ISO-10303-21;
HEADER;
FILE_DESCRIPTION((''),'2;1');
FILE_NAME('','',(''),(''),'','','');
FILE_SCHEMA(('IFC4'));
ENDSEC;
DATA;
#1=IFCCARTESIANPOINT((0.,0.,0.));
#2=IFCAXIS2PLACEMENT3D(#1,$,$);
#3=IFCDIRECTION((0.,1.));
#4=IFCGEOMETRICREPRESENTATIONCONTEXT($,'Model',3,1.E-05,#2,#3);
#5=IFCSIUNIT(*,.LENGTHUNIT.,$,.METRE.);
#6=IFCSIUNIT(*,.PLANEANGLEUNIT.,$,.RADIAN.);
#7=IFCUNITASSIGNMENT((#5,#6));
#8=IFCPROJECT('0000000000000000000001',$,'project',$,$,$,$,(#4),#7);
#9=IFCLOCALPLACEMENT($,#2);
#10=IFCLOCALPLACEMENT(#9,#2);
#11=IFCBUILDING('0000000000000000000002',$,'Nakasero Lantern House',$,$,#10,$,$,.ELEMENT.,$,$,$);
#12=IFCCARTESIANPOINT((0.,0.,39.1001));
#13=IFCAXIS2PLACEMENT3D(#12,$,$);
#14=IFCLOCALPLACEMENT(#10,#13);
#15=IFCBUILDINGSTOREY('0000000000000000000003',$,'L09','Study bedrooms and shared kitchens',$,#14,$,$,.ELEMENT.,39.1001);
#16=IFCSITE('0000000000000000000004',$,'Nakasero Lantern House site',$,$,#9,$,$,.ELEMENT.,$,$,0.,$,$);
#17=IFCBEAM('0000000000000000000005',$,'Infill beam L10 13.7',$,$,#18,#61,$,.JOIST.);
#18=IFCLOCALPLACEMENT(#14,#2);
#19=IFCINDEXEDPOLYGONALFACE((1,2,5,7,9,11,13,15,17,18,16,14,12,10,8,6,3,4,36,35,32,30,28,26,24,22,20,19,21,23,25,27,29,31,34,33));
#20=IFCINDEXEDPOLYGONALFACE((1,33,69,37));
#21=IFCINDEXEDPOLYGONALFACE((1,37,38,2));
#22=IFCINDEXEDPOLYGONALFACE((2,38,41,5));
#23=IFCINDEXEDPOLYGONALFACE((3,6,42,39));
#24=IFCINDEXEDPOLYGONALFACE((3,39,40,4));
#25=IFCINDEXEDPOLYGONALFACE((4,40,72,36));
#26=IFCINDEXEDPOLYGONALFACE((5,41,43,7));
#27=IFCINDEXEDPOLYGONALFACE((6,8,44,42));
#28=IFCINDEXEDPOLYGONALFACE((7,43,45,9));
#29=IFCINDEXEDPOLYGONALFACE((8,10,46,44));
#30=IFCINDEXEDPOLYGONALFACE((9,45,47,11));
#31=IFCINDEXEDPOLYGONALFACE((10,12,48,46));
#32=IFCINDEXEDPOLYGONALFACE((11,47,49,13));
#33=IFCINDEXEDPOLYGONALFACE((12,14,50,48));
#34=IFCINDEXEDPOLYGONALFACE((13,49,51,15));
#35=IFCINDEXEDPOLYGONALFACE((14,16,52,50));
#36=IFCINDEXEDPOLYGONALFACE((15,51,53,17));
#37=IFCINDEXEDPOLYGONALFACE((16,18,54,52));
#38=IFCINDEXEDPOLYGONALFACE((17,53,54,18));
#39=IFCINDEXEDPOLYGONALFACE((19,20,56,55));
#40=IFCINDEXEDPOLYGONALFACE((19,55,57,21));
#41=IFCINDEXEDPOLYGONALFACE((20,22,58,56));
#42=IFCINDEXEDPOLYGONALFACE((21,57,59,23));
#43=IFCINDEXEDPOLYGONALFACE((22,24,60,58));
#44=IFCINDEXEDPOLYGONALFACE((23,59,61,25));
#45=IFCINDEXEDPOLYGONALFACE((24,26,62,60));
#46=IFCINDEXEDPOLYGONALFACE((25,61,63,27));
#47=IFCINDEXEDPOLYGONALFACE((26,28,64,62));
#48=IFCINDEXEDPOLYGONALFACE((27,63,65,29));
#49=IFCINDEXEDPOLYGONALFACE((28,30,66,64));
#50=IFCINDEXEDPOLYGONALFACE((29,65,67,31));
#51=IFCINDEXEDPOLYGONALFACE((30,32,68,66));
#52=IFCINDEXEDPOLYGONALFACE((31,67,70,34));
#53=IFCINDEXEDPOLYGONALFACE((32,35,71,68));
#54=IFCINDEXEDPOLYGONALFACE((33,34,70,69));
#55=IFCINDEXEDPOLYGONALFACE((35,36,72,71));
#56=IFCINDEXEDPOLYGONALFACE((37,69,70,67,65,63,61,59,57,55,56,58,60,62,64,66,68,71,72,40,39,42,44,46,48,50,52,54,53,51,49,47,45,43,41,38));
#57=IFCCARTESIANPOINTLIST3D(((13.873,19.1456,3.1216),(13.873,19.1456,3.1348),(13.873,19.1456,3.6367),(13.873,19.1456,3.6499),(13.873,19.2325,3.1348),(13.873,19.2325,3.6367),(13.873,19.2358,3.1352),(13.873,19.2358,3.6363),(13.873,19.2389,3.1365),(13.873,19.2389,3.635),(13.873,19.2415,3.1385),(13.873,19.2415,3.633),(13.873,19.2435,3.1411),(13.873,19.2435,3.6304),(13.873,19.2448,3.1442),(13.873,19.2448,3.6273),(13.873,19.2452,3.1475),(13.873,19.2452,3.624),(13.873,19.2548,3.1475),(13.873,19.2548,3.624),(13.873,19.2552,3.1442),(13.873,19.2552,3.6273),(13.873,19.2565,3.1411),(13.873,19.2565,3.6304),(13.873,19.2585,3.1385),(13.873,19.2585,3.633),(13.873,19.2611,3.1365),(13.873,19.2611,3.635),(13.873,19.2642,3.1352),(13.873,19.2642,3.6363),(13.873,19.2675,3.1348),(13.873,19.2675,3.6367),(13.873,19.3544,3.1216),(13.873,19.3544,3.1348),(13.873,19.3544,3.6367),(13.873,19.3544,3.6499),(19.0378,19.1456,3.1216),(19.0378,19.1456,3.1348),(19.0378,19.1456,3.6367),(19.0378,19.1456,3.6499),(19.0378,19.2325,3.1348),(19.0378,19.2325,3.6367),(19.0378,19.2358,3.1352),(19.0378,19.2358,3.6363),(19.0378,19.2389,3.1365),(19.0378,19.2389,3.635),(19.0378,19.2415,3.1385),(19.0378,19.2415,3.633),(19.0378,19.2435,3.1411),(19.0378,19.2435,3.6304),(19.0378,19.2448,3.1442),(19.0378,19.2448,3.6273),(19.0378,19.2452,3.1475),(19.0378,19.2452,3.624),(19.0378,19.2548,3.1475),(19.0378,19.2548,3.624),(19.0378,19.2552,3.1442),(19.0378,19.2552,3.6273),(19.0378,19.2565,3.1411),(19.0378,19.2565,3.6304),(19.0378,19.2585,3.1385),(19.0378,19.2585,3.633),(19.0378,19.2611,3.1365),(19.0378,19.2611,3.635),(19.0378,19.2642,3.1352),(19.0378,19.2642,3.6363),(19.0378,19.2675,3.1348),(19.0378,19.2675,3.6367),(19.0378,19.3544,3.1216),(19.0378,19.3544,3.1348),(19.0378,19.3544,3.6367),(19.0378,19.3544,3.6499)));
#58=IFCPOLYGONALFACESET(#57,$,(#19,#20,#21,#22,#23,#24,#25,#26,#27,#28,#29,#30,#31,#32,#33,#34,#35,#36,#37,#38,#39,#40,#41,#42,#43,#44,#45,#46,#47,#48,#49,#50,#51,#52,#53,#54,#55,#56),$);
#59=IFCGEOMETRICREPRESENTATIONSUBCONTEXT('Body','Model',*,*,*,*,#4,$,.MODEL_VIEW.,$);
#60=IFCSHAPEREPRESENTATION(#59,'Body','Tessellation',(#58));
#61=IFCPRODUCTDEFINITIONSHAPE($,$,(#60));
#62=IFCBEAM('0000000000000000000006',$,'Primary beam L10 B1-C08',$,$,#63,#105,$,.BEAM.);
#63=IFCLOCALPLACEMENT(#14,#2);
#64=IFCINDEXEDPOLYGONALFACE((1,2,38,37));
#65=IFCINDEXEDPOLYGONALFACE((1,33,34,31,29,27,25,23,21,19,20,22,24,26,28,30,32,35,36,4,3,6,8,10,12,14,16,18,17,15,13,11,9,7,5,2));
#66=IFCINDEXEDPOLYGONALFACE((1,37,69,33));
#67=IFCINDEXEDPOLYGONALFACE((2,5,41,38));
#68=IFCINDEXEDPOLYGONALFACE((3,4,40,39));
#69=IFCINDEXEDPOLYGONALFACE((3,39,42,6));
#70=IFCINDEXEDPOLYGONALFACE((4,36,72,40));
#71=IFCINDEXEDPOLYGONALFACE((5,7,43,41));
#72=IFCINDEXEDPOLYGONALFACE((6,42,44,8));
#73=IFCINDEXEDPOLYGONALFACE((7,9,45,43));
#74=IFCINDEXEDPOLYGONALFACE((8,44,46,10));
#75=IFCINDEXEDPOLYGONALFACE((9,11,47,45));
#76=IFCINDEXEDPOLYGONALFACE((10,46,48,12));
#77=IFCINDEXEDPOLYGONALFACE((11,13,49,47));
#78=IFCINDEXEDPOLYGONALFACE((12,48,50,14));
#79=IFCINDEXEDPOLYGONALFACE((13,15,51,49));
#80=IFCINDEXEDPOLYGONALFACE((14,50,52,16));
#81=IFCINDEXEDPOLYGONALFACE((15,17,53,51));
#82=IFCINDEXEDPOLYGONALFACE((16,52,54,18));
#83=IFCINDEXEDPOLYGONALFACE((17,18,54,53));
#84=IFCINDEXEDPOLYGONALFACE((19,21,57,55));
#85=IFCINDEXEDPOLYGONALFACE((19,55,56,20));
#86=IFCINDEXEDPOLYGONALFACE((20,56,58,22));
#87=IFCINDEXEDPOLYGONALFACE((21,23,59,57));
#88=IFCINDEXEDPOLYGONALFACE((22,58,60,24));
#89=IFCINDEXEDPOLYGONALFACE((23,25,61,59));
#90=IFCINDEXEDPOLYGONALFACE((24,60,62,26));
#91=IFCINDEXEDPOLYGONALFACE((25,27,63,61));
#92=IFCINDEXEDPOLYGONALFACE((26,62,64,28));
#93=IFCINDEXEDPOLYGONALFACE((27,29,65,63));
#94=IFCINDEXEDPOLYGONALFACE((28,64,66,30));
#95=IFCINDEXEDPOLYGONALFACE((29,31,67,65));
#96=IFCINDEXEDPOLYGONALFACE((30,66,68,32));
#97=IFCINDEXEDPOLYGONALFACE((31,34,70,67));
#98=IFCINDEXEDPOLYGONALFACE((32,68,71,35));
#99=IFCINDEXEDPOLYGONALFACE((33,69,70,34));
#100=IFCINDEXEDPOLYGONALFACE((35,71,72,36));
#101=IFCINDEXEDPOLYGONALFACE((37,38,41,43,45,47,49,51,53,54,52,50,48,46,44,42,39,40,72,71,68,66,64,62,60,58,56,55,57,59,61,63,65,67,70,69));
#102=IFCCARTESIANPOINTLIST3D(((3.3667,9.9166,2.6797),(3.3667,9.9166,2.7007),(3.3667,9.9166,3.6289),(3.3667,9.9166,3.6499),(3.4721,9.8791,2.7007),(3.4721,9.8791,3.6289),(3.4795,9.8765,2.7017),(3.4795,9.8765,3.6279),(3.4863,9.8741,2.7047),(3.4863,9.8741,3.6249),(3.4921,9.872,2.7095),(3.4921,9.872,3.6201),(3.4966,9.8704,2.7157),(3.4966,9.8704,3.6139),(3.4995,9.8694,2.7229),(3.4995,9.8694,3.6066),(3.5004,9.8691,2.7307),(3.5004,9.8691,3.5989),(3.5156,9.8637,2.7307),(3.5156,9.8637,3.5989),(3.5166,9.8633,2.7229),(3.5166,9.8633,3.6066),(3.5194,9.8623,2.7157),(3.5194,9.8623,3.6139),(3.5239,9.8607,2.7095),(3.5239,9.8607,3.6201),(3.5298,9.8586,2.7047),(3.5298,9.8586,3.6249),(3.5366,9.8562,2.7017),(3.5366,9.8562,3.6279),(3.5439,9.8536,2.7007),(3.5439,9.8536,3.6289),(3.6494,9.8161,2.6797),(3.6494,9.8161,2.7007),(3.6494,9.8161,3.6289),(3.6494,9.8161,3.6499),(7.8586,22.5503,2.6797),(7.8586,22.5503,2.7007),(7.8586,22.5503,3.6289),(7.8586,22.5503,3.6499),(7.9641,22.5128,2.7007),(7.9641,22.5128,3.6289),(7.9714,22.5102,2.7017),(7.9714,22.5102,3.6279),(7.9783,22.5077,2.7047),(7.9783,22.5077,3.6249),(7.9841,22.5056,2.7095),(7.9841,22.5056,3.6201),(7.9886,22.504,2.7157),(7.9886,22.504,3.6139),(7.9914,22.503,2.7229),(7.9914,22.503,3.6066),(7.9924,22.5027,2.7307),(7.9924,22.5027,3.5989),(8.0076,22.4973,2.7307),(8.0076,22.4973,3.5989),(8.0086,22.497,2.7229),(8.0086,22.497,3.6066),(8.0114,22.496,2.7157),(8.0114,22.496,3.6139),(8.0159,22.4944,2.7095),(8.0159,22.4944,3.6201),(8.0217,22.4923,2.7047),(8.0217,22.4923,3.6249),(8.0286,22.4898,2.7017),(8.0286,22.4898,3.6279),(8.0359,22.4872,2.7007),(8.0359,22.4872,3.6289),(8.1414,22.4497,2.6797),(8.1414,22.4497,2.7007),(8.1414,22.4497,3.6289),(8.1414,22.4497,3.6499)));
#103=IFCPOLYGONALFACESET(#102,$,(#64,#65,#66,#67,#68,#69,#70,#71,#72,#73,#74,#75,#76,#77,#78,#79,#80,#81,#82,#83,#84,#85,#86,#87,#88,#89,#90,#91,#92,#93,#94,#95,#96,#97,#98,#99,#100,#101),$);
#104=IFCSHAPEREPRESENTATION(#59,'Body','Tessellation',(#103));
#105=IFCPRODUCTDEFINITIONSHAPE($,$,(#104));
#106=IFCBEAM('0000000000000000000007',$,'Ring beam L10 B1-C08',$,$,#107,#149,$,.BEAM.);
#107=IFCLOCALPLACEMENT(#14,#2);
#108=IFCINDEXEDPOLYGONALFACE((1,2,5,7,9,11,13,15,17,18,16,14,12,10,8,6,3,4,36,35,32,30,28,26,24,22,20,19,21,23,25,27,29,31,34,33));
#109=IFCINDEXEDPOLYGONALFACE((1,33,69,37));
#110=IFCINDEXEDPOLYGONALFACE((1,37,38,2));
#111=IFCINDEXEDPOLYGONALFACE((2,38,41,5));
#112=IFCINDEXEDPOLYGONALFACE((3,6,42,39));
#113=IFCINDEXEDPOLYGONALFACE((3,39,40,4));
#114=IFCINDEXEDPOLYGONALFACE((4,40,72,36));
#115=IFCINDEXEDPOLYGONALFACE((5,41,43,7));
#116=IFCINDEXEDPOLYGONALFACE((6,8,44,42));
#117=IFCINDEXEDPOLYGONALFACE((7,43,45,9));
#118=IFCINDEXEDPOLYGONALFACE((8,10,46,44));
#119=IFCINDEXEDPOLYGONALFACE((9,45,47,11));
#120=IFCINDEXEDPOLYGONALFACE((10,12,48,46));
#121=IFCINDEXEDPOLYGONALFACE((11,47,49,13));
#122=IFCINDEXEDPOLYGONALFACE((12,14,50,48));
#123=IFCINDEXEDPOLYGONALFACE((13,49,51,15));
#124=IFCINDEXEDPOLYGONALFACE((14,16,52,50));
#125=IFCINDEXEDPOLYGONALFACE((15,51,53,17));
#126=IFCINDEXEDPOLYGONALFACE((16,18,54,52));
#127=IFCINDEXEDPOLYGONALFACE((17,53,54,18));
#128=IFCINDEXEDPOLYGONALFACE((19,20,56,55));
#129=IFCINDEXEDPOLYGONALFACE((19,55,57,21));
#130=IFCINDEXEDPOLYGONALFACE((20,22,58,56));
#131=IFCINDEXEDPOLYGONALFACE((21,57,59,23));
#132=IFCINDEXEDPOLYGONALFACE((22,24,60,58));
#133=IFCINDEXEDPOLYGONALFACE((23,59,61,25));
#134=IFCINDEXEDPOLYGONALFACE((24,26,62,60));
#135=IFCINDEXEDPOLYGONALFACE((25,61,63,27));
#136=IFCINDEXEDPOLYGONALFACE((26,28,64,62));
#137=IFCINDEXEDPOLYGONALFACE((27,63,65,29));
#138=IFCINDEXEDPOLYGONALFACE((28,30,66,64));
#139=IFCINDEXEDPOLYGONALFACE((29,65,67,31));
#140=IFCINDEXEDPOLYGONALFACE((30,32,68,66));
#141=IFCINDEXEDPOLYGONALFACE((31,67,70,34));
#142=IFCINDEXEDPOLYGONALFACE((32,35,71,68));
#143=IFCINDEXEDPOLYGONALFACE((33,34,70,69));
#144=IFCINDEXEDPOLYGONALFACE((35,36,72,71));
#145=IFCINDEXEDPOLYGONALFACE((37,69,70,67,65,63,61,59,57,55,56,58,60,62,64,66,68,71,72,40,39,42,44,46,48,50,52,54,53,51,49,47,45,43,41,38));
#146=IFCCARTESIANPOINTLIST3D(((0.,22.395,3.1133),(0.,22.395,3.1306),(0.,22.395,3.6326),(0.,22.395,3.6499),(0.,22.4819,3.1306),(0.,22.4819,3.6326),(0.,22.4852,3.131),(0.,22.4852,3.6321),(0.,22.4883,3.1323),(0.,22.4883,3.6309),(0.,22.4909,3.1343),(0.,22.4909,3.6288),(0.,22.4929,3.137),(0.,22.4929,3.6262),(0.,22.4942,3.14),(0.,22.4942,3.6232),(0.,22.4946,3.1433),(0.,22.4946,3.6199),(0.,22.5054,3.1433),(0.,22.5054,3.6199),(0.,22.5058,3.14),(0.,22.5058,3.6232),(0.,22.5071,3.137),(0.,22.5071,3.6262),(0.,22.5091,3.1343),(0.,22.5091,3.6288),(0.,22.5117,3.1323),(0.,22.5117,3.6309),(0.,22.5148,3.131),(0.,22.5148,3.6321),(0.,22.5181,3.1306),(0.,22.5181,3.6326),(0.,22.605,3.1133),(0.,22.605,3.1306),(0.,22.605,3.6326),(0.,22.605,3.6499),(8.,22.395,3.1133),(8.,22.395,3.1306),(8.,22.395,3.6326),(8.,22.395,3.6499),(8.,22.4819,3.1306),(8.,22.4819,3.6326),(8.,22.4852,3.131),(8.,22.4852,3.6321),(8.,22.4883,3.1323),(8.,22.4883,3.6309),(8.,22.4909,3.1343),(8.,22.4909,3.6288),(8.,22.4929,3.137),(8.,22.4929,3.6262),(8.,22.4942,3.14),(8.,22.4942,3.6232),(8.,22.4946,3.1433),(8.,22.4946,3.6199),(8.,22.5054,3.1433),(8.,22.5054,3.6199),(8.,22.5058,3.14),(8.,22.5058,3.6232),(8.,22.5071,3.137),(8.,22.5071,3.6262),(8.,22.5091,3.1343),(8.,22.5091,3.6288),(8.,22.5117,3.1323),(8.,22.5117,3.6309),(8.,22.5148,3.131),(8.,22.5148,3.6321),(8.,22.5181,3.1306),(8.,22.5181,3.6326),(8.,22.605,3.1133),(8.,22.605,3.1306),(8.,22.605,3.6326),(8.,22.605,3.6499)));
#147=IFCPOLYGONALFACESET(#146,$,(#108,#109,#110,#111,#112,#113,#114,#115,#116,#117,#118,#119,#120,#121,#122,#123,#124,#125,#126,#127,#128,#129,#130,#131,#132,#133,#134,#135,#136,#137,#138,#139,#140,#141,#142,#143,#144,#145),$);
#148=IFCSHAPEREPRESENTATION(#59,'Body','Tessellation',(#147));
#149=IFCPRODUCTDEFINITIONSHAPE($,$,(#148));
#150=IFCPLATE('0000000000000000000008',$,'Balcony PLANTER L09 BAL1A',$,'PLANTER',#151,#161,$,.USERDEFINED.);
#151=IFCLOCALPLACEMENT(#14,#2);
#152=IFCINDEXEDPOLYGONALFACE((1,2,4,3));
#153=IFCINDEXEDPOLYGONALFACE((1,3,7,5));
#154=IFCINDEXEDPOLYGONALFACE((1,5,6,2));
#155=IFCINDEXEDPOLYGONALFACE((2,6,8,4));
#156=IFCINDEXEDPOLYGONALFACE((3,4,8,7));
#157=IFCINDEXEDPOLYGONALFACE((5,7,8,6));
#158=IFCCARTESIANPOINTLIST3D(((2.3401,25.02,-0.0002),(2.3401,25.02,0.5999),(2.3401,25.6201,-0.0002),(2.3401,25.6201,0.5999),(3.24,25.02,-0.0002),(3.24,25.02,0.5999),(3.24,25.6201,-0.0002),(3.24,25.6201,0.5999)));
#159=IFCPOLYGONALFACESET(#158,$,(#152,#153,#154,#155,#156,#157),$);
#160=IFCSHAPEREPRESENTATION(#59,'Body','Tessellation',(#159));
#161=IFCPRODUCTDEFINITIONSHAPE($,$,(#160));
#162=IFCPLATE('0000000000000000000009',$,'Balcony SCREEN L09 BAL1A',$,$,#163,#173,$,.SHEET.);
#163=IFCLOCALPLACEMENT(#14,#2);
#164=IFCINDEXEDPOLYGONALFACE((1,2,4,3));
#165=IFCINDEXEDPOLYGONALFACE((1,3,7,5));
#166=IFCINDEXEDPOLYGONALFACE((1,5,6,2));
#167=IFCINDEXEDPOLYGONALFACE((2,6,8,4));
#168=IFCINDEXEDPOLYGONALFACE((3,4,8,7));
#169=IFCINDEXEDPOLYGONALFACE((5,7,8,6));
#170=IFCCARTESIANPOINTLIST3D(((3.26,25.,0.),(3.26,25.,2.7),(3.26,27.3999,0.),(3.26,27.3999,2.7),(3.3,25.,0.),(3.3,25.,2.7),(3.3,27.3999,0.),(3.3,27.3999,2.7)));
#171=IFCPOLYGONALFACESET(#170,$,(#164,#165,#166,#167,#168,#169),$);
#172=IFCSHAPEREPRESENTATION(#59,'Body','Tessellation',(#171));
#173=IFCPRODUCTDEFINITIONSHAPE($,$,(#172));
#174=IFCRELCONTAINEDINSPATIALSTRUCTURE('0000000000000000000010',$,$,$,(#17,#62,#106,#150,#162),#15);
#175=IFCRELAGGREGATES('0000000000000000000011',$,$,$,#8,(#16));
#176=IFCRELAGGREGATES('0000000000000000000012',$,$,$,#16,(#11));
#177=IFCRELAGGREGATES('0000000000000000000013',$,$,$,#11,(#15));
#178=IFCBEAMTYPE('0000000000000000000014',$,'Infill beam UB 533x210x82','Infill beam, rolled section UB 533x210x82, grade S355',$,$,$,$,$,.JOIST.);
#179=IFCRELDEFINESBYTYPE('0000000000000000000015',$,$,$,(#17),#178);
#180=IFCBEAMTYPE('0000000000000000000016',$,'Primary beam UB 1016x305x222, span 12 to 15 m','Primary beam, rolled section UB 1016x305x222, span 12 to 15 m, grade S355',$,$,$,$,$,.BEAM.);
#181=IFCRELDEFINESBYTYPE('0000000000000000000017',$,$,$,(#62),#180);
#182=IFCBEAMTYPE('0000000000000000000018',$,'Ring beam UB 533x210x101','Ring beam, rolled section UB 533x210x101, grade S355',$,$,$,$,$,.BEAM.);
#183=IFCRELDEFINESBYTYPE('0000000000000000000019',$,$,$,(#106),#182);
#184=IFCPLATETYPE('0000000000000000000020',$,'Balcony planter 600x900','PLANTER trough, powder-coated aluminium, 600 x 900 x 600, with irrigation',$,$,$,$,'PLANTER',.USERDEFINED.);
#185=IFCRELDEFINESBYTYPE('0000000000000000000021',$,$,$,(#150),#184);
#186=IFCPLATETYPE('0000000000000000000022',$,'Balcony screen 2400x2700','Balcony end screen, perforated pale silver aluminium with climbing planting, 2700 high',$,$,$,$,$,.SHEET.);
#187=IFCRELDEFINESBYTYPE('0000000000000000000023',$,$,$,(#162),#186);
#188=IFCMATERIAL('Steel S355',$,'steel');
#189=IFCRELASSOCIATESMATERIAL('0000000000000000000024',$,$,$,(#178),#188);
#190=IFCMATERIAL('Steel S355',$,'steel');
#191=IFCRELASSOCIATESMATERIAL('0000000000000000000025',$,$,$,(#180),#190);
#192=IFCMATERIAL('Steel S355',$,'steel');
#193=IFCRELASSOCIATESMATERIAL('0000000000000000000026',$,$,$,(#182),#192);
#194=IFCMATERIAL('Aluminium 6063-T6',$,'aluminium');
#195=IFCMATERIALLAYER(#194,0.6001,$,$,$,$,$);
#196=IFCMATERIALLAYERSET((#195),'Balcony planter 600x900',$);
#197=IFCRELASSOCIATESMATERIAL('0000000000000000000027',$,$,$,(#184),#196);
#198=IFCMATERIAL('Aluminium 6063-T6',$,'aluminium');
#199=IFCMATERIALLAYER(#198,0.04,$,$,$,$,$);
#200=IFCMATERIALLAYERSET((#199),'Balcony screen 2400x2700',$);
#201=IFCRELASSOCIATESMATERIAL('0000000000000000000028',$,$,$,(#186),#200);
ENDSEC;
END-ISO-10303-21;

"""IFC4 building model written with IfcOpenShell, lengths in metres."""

from ifc_helpers import new_model, si_unit, direction, frame, origin, origin_2d, place, context, subcontext, project, spatial, rectangle, i_section, extrude, material, layer, layer_set, material_profile, profile_set, type_object, element, save


model = new_model("IFC4")

# Units and contexts
model_context = context("Model", 3, precision=1e-05, world=origin(), true_north=direction((0.0, 1.0)))
body_context = subcontext(model_context, "Body", "Model", "MODEL_VIEW")
ifc_project = project(units=[si_unit("LENGTHUNIT", "METRE"), si_unit("PLANEANGLEUNIT", "RADIAN")], contexts=[model_context])

# Site, building, storey
site_placement = place(None, origin())
site = spatial("IfcSite", under=ifc_project, at=site_placement, Name="Nakasero Lantern House site", CompositionType="ELEMENT", RefElevation=0.0)
building_placement = place(site_placement, origin())
building = spatial("IfcBuilding", under=site, at=building_placement, Name="Nakasero Lantern House", CompositionType="ELEMENT")
storey_placement = place(building_placement, frame((0.0, 0.0, 39.1001)))
storey = spatial("IfcBuildingStorey", under=building, at=storey_placement, Name="L09", Description="Study bedrooms and shared kitchens", CompositionType="ELEMENT", Elevation=39.1001)

# Beams
ifc_material_1 = material(Name="Steel S355", Category="steel")
ifc_material_profile_1 = material_profile(ifc_material_1, i_section(OverallWidth=0.2087, OverallDepth=0.5283, WebThickness=0.0095, FlangeThickness=0.0132, FilletRadius=0.0127, at=origin_2d()), Name="UB 533x210x82")
ifc_profile_set_1 = profile_set([ifc_material_profile_1], Name="Steel S355")
beam_type_1 = type_object("IfcBeamType", Name="Infill beam UB 533x210x82", Description="Infill beam, rolled section UB 533x210x82, grade S355", PredefinedType="JOIST", material=ifc_profile_set_1)
beam_1_placement = place(storey_placement, frame((13.873, 19.25, 3.3857), z_axis=(1.0, 0.0, 0.0), x_axis=(0.0, 1.0, 0.0)))
element("IfcBeam", 1, at=beam_1_placement, inside=storey, type_object=beam_type_1, Name="Infill beam L10 13.7", PredefinedType="JOIST", context=body_context, shape_type="SweptSolid", body=[
    extrude(i_section(OverallWidth=0.2087, OverallDepth=0.5283, WebThickness=0.0095, FlangeThickness=0.0132, FilletRadius=0.0127, at=origin_2d()), origin(), (0.0, 0.0, 1.0), 5.1648),
])
ifc_material_2 = material(Name="Steel S355", Category="steel")
ifc_material_profile_2 = material_profile(ifc_material_2, i_section(OverallWidth=0.3, OverallDepth=0.9702, WebThickness=0.0161, FlangeThickness=0.021, FilletRadius=0.03, at=origin_2d()), Name="UB 1016x305x222")
ifc_profile_set_2 = profile_set([ifc_material_profile_2], Name="Steel S355")
beam_type_2 = type_object("IfcBeamType", Name="Primary beam UB 1016x305x222, span 12 to 15 m", Description="Primary beam, rolled section UB 1016x305x222, span 12 to 15 m, grade S355", PredefinedType="BEAM", material=ifc_profile_set_2)
beam_2_placement = place(storey_placement, frame((8.0, 22.5, 3.1648), z_axis=(-0.335011, -0.942214, 0.0), x_axis=(0.942214, -0.335011, 0.0)))
element("IfcBeam", 2, at=beam_2_placement, inside=storey, type_object=beam_type_2, Name="Primary beam L10 B1-C08", PredefinedType="BEAM", context=body_context, shape_type="SweptSolid", body=[
    extrude(i_section(OverallWidth=0.3, OverallDepth=0.9702, WebThickness=0.0161, FlangeThickness=0.021, FilletRadius=0.03, at=origin_2d()), origin(), (0.0, 0.0, 1.0), 13.4084),
])
ifc_material_3 = material(Name="Steel S355", Category="steel")
ifc_material_profile_3 = material_profile(ifc_material_3, i_section(OverallWidth=0.21, OverallDepth=0.5366, WebThickness=0.0107, FlangeThickness=0.0173, FilletRadius=0.0127, at=origin_2d()), Name="UB 533x210x101")
ifc_profile_set_3 = profile_set([ifc_material_profile_3], Name="Steel S355")
beam_type_3 = type_object("IfcBeamType", Name="Ring beam UB 533x210x101", Description="Ring beam, rolled section UB 533x210x101, grade S355", PredefinedType="BEAM", material=ifc_profile_set_3)
beam_3_placement = place(storey_placement, frame((8.0, 22.5, 3.3816), z_axis=(-1.0, 0.0, 0.0), x_axis=(0.0, -1.0, 0.0)))
element("IfcBeam", 3, at=beam_3_placement, inside=storey, type_object=beam_type_3, Name="Ring beam L10 B1-C08", PredefinedType="BEAM", context=body_context, shape_type="SweptSolid", body=[
    extrude(i_section(OverallWidth=0.21, OverallDepth=0.5366, WebThickness=0.0107, FlangeThickness=0.0173, FilletRadius=0.0127, at=origin_2d()), origin(), (0.0, 0.0, 1.0), 8.0),
])

# Plates
ifc_material_4 = material(Name="Aluminium 6063-T6", Category="aluminium")
ifc_layer_1 = layer(ifc_material_4, 0.6001)
ifc_layer_set_1 = layer_set([ifc_layer_1], Name="Balcony planter 600x900")
plate_type_1 = type_object("IfcPlateType", Name="Balcony planter 600x900", Description="PLANTER trough, powder-coated aluminium, 600 x 900 x 600, with irrigation", ElementType="PLANTER", PredefinedType="USERDEFINED", material=ifc_layer_set_1)
plate_1_placement = place(storey_placement, frame((2.79, 25.3201, -0.0002), z_axis=(0.0, 0.0, 1.0), x_axis=(0.0, 1.0, 0.0)))
element("IfcPlate", 4, at=plate_1_placement, inside=storey, type_object=plate_type_1, Name="Balcony PLANTER L09 BAL1A", ObjectType="PLANTER", PredefinedType="USERDEFINED", context=body_context, shape_type="SweptSolid", body=[
    extrude(rectangle(XDim=0.6001, YDim=0.8999, at=origin_2d()), origin(), (0.0, 0.0, 1.0), 0.6001),
])
ifc_material_5 = material(Name="Aluminium 6063-T6", Category="aluminium")
ifc_layer_2 = layer(ifc_material_5, 0.04)
ifc_layer_set_2 = layer_set([ifc_layer_2], Name="Balcony screen 2400x2700")
plate_type_2 = type_object("IfcPlateType", Name="Balcony screen 2400x2700", Description="Balcony end screen, perforated pale silver aluminium with climbing planting, 2700 high", PredefinedType="SHEET", material=ifc_layer_set_2)
plate_2_placement = place(storey_placement, frame((3.28, 26.2, 0.0), z_axis=(0.0, 0.0, 1.0), x_axis=(0.0, 1.0, 0.0)))
element("IfcPlate", 5, at=plate_2_placement, inside=storey, type_object=plate_type_2, Name="Balcony SCREEN L09 BAL1A", PredefinedType="SHEET", context=body_context, shape_type="SweptSolid", body=[
    extrude(rectangle(XDim=2.3999, YDim=0.04, at=origin_2d()), origin(), (0.0, 0.0, 1.0), 2.7),
])

save(model, "model.ifc")
